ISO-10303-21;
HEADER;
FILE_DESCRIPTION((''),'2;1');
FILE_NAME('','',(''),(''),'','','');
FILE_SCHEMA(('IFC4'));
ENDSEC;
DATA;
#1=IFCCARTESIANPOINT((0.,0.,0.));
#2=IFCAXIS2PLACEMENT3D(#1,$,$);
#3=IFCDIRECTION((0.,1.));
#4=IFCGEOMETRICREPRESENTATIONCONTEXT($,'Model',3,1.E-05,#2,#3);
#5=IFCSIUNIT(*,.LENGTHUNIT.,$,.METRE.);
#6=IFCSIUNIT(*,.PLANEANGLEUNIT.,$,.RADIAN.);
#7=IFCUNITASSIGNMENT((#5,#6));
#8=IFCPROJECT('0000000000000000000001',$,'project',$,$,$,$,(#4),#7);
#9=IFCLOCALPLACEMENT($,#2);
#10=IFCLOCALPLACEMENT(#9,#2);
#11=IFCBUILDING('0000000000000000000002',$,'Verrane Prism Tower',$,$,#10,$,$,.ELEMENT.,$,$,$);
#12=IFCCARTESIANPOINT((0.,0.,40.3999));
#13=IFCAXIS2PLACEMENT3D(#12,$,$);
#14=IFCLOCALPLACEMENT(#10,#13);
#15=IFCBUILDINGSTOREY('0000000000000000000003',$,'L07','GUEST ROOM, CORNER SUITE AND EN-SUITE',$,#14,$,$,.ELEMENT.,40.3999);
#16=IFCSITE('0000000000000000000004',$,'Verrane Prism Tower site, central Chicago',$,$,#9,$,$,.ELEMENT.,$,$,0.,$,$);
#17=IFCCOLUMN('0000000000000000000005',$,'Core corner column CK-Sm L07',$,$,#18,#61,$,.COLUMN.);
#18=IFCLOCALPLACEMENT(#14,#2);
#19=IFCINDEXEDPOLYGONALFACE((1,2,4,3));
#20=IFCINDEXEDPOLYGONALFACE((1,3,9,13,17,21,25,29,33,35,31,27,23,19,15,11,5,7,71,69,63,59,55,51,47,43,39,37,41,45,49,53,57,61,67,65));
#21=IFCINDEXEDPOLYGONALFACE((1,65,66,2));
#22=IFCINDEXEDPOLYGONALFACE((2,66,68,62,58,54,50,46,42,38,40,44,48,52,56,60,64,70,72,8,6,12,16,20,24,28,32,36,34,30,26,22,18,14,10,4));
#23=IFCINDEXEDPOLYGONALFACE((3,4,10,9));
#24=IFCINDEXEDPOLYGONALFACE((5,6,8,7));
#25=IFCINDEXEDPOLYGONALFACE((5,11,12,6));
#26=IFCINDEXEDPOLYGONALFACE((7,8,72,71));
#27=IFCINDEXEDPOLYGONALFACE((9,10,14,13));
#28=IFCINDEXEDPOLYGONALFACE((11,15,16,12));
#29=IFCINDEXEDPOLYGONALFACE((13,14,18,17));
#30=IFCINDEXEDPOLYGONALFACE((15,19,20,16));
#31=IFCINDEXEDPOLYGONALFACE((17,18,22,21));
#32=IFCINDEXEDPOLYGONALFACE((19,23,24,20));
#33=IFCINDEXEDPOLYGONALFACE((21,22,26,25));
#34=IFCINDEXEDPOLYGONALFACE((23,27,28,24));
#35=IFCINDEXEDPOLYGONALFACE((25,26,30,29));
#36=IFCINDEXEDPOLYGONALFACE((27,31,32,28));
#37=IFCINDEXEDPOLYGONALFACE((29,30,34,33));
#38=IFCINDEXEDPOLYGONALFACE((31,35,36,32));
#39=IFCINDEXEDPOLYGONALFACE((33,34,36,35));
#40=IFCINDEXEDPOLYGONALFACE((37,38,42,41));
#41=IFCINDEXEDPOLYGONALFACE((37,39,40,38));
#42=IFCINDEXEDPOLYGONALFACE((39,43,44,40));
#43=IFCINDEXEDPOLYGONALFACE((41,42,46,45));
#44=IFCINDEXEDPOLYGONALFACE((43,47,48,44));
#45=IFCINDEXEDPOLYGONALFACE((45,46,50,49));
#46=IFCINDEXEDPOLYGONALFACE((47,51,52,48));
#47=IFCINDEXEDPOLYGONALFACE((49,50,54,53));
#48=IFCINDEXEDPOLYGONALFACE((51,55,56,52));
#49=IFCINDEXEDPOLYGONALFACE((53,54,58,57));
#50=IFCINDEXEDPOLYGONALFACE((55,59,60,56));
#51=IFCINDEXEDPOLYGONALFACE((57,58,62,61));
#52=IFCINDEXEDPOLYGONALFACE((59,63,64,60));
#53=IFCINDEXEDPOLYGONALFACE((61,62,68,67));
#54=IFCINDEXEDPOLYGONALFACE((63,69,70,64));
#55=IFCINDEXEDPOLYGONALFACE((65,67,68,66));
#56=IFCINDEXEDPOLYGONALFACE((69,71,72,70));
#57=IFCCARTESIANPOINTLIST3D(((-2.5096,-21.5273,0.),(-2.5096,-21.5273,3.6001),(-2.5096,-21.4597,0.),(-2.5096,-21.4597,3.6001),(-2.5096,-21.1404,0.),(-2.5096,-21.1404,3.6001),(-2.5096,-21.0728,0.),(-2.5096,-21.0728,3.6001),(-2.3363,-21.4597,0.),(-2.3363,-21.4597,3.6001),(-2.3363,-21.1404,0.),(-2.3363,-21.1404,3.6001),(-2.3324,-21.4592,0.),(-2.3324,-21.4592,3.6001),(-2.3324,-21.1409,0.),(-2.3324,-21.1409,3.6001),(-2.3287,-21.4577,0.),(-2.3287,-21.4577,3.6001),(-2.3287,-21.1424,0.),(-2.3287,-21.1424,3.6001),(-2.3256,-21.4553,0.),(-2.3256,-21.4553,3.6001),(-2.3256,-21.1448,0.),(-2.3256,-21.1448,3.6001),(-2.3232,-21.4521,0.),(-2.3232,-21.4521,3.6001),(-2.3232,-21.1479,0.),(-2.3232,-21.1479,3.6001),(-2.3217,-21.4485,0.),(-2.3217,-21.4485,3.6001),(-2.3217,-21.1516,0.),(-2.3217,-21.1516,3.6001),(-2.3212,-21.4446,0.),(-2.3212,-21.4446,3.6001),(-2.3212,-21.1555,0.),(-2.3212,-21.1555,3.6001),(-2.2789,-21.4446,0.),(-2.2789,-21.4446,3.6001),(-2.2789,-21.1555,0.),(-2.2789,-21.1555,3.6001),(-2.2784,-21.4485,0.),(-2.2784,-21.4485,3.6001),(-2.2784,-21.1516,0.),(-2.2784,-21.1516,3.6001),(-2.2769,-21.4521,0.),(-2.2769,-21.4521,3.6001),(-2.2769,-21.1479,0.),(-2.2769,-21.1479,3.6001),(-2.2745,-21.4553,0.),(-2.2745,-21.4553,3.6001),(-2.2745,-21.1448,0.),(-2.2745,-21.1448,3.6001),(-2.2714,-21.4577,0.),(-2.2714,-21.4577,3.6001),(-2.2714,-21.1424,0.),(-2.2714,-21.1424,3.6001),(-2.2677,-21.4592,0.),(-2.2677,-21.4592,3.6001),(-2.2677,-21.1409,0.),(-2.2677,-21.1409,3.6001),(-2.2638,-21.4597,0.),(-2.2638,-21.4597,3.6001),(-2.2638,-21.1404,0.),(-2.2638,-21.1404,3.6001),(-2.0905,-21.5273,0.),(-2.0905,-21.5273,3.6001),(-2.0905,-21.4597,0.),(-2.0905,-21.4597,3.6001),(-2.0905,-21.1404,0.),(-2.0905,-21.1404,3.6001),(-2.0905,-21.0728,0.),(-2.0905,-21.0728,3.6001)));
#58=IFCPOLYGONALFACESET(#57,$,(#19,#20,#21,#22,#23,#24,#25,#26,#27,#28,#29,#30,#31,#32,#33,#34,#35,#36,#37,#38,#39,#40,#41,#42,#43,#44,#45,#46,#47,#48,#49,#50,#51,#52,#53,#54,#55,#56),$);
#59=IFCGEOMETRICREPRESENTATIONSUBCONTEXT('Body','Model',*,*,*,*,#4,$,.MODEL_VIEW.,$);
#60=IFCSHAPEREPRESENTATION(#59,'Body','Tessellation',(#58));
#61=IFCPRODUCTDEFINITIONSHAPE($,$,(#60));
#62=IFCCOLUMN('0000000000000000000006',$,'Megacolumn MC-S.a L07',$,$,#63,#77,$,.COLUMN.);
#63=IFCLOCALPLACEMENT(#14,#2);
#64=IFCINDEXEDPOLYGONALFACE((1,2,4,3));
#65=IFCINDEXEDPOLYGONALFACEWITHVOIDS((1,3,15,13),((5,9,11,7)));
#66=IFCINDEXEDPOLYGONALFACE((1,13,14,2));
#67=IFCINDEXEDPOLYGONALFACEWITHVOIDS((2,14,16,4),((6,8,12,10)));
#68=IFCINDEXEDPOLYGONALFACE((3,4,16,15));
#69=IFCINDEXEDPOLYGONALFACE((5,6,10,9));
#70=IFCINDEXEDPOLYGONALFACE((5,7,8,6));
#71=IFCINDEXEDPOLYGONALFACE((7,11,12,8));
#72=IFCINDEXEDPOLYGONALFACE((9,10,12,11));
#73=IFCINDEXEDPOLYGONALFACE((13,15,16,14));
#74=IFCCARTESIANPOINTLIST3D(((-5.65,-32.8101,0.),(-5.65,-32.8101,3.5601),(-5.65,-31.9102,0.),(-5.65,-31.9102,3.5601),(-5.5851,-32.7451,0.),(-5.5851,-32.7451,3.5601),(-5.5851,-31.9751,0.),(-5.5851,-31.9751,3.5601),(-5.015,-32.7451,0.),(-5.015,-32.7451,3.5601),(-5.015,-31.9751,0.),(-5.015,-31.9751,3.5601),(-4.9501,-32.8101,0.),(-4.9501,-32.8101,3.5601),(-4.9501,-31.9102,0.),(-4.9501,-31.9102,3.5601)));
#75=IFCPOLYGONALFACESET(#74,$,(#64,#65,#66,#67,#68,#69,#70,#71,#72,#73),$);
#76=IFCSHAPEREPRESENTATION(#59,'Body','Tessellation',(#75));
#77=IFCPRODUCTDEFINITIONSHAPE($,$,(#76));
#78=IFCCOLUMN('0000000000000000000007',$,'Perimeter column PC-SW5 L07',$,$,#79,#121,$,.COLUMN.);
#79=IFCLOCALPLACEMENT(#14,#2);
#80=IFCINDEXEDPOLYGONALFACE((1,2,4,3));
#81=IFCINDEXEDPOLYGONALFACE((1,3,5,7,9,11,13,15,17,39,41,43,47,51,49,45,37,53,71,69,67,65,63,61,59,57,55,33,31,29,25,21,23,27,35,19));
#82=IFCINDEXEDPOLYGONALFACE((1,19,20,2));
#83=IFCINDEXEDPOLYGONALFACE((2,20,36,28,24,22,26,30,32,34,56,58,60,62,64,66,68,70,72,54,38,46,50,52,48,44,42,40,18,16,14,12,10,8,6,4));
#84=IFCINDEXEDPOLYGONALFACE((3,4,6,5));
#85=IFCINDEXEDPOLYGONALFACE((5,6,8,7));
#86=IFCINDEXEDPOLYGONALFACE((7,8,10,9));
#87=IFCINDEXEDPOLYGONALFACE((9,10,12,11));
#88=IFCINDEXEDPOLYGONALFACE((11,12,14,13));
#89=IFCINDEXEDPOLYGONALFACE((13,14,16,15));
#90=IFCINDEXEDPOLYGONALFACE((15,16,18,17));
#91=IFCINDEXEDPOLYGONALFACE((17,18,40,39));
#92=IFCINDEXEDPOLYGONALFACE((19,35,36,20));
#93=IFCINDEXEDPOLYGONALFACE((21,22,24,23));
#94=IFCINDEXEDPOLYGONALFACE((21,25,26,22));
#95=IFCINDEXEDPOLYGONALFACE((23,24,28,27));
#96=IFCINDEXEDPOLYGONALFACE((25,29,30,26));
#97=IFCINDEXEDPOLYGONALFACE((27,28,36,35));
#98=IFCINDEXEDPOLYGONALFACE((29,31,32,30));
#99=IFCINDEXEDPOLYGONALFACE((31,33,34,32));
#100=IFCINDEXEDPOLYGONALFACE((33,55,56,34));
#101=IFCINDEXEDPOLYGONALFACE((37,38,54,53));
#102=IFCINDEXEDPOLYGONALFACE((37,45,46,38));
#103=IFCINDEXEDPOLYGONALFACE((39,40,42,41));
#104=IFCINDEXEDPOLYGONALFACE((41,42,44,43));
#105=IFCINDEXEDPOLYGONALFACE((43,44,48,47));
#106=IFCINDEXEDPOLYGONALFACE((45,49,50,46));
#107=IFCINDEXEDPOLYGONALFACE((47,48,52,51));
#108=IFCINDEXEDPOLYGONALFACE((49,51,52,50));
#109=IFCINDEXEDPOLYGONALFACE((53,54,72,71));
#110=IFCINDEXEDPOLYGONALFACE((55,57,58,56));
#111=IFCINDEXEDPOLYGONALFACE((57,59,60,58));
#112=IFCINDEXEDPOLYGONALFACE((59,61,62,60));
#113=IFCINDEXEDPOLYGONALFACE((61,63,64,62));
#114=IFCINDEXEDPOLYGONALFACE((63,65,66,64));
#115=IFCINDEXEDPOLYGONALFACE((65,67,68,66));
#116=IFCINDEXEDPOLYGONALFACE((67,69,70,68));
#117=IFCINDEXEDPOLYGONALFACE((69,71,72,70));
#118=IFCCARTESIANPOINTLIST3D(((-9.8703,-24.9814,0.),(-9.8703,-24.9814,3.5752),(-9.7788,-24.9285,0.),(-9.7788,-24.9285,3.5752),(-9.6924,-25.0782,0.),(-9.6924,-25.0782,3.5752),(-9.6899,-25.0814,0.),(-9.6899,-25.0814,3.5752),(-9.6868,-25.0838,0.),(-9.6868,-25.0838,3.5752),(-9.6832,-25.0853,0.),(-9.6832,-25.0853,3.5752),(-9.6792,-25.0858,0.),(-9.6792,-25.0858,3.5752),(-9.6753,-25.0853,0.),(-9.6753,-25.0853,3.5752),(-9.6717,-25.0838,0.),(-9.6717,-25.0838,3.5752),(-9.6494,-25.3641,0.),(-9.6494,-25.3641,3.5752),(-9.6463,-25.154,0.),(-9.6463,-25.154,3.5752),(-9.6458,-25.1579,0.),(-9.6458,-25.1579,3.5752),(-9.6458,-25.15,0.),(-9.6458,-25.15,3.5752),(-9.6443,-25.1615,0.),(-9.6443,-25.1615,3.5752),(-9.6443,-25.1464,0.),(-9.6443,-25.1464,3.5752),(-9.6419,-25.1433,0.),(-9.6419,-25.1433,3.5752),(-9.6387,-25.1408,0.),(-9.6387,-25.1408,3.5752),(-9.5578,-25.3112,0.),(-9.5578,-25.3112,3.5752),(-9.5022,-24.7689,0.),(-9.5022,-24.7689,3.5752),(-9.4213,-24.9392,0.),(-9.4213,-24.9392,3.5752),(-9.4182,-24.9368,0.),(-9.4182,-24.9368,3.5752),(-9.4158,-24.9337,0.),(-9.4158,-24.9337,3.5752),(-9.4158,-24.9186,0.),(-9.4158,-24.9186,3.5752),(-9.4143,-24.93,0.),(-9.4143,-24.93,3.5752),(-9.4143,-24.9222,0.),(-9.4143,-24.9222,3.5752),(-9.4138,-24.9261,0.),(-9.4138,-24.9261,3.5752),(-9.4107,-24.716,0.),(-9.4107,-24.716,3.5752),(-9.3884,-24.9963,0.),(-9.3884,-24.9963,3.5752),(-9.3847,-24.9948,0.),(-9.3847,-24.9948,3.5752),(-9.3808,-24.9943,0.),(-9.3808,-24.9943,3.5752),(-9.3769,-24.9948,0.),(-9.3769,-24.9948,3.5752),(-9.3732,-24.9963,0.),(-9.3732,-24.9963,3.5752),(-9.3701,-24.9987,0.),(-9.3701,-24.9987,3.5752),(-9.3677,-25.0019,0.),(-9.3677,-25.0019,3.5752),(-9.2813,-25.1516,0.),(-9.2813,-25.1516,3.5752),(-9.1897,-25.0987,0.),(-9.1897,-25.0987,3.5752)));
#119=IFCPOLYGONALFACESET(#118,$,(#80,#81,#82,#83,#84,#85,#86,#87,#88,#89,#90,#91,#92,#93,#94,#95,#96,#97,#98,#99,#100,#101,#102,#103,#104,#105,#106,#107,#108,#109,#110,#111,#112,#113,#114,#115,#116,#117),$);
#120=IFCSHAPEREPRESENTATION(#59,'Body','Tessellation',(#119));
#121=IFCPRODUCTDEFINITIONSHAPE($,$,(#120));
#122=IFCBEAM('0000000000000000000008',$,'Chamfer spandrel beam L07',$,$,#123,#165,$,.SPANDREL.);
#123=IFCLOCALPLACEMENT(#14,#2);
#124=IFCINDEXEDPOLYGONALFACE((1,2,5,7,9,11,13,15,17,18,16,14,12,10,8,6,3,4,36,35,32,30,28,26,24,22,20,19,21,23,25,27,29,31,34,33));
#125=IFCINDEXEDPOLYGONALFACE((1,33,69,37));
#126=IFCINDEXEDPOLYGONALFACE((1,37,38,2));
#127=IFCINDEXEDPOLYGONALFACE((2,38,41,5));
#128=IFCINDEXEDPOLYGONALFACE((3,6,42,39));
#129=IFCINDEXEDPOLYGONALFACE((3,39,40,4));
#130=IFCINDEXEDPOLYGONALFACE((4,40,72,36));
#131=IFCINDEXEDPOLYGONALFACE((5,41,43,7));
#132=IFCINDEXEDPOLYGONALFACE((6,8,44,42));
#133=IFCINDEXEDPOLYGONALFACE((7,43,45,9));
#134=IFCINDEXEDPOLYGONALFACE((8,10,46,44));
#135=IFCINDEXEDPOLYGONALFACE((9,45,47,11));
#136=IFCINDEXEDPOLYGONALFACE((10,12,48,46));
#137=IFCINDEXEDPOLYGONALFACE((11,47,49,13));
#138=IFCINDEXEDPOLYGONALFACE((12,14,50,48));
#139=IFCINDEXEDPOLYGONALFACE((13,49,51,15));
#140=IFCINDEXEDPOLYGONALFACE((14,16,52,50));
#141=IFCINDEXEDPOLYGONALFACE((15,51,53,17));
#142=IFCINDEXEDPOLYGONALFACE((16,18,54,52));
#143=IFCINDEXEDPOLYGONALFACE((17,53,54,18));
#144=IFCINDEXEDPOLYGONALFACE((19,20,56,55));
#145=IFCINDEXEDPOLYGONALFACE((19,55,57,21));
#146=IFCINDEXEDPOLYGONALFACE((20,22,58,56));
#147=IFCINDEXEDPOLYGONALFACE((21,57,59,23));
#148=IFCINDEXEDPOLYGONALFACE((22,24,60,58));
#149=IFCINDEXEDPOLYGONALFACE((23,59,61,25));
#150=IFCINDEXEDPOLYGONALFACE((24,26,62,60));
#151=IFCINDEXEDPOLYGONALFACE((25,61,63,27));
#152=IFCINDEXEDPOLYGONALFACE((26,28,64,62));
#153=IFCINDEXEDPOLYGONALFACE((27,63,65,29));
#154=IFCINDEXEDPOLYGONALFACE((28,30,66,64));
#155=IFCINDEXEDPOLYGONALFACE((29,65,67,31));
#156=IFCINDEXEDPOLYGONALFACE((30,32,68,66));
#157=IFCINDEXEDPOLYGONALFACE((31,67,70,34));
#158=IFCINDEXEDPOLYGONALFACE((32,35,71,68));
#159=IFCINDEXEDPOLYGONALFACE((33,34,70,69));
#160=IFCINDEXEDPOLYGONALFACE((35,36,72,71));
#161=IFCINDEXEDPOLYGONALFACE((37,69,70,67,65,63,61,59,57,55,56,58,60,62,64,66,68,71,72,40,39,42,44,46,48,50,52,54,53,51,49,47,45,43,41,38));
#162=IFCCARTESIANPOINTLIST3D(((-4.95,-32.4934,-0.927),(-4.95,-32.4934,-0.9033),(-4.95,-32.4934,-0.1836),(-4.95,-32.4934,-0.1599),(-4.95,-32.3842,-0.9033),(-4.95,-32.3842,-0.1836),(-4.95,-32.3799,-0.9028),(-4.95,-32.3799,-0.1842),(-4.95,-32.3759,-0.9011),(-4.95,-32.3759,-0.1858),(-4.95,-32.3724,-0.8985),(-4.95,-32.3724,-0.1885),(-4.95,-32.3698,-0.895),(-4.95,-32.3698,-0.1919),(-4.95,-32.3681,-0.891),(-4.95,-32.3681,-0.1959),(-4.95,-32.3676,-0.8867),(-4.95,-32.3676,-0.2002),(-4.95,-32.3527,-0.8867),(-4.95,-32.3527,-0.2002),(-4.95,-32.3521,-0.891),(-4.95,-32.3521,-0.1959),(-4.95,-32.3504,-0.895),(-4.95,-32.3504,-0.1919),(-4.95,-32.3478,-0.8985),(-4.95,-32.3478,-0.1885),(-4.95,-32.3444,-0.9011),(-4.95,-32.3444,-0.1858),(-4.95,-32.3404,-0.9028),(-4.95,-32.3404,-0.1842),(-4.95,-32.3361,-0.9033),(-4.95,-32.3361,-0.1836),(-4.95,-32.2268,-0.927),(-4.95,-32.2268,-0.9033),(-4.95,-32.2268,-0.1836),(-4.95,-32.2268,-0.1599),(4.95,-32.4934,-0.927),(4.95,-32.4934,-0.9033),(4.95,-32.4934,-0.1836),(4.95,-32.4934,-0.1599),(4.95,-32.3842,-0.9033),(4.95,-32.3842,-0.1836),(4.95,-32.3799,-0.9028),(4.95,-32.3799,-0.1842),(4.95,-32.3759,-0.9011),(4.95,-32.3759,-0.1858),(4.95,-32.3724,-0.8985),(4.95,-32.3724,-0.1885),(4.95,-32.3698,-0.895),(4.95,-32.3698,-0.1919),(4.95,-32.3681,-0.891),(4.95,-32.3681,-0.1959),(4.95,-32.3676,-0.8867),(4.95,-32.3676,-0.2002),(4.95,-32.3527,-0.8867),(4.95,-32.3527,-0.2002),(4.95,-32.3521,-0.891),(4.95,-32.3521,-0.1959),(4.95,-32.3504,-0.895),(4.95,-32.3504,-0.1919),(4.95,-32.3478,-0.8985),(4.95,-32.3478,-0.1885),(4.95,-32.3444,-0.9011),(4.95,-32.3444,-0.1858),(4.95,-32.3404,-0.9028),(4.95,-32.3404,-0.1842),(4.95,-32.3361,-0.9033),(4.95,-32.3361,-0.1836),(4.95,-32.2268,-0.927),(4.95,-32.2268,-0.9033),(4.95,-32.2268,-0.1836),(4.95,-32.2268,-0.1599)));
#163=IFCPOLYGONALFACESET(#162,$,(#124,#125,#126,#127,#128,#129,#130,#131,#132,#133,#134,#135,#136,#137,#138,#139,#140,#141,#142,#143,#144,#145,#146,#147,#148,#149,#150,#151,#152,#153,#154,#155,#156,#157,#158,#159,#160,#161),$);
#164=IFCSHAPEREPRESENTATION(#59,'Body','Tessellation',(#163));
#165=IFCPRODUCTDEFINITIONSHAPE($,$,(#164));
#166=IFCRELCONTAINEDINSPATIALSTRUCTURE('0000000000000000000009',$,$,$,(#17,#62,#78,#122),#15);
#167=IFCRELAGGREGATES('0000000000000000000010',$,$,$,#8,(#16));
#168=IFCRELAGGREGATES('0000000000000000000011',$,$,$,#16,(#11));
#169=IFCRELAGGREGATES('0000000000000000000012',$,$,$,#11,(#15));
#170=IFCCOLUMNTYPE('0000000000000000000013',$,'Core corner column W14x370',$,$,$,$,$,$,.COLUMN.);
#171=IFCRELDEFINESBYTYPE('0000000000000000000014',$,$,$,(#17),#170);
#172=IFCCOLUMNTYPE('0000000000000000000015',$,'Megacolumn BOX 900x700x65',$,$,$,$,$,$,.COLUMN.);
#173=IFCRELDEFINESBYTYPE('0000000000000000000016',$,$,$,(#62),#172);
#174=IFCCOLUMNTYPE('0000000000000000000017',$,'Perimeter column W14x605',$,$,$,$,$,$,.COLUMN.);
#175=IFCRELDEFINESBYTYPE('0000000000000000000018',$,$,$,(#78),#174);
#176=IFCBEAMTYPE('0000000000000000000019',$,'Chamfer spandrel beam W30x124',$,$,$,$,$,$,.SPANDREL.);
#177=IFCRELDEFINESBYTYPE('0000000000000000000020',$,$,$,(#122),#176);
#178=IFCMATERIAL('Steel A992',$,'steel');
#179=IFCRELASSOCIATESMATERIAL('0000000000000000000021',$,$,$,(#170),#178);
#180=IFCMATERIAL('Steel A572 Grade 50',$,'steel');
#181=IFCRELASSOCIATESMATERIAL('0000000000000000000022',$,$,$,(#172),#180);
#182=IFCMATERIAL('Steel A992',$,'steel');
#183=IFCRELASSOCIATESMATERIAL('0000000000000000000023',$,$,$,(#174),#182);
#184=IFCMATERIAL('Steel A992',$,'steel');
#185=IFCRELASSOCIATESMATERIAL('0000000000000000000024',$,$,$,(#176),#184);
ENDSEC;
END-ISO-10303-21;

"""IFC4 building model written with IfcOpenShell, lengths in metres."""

from ifc_helpers import new_model, si_unit, direction, frame, origin, origin_2d, place, context, subcontext, project, spatial, hollow_rectangle, i_section, extrude, material, material_profile, profile_set, type_object, element, save


model = new_model("IFC4")

# Units and contexts
model_context = context("Model", 3, precision=1e-05, world=origin(), true_north=direction((0.0, 1.0)))
body_context = subcontext(model_context, "Body", "Model", "MODEL_VIEW")
ifc_project = project(units=[si_unit("LENGTHUNIT", "METRE"), si_unit("PLANEANGLEUNIT", "RADIAN")], contexts=[model_context])

# Site, building, storey
site_placement = place(None, origin())
site = spatial("IfcSite", under=ifc_project, at=site_placement, Name="Verrane Prism Tower site, central Chicago", CompositionType="ELEMENT", RefElevation=0.0)
building_placement = place(site_placement, origin())
building = spatial("IfcBuilding", under=site, at=building_placement, Name="Verrane Prism Tower", CompositionType="ELEMENT")
storey_placement = place(building_placement, frame((0.0, 0.0, 40.3999)))
storey = spatial("IfcBuildingStorey", under=building, at=storey_placement, Name="L07", Description="GUEST ROOM, CORNER SUITE AND EN-SUITE", CompositionType="ELEMENT", Elevation=40.3999)

# Columns
ifc_material_1 = material(Name="Steel A992", Category="steel")
ifc_material_profile_1 = material_profile(ifc_material_1, i_section(OverallWidth=0.4192, OverallDepth=0.4546, WebThickness=0.0422, FlangeThickness=0.0676, FilletRadius=0.0151, at=origin_2d()), Name="W14x370")
ifc_profile_set_1 = profile_set([ifc_material_profile_1], Name="Steel A992")
column_type_1 = type_object("IfcColumnType", Name="Core corner column W14x370", PredefinedType="COLUMN", material=ifc_profile_set_1)
column_1_placement = place(storey_placement, frame((-2.3, -21.3, 0.0), z_axis=(0.0, 0.0, 1.0), x_axis=(-1.0, 0.0, 0.0)))
element("IfcColumn", 1, at=column_1_placement, inside=storey, type_object=column_type_1, Name="Core corner column CK-Sm L07", PredefinedType="COLUMN", context=body_context, shape_type="SweptSolid", body=[
    extrude(i_section(OverallWidth=0.4192, OverallDepth=0.4546, WebThickness=0.0422, FlangeThickness=0.0676, FilletRadius=0.0151, at=origin_2d()), origin(), (0.0, 0.0, 1.0), 3.6001),
])
ifc_material_2 = material(Name="Steel A572 Grade 50", Category="steel")
ifc_material_profile_2 = material_profile(ifc_material_2, hollow_rectangle(XDim=0.7, YDim=0.8999, WallThickness=0.0649, at=origin_2d()), Name="BOX 900x700x65")
ifc_profile_set_2 = profile_set([ifc_material_profile_2], Name="Steel A572 Grade 50")
column_type_2 = type_object("IfcColumnType", Name="Megacolumn BOX 900x700x65", PredefinedType="COLUMN", material=ifc_profile_set_2)
column_2_placement = place(storey_placement, frame((-5.3, -32.3601, 0.0), z_axis=(0.0, 0.0, 1.0), x_axis=(-1.0, 0.0, 0.0)))
element("IfcColumn", 2, at=column_2_placement, inside=storey, type_object=column_type_2, Name="Megacolumn MC-S.a L07", PredefinedType="COLUMN", context=body_context, shape_type="SweptSolid", body=[
    extrude(hollow_rectangle(XDim=0.7, YDim=0.8999, WallThickness=0.0649, at=origin_2d()), origin(), (0.0, 0.0, 1.0), 3.5601),
])
ifc_material_3 = material(Name="Steel A992", Category="steel")
ifc_material_profile_3 = material_profile(ifc_material_3, i_section(OverallWidth=0.4419, OverallDepth=0.5308, WebThickness=0.0659, FlangeThickness=0.1057, FilletRadius=0.0151, at=origin_2d()), Name="W14x605")
ifc_profile_set_3 = profile_set([ifc_material_profile_3], Name="Steel A992")
column_type_3 = type_object("IfcColumnType", Name="Perimeter column W14x605", PredefinedType="COLUMN", material=ifc_profile_set_3)
column_3_placement = place(storey_placement, frame((-9.53, -25.04, 0.0), z_axis=(0.0, 0.0, 1.0), x_axis=(-0.5, 0.866025, 0.0)))
element("IfcColumn", 3, at=column_3_placement, inside=storey, type_object=column_type_3, Name="Perimeter column PC-SW5 L07", PredefinedType="COLUMN", context=body_context, shape_type="SweptSolid", body=[
    extrude(i_section(OverallWidth=0.4419, OverallDepth=0.5308, WebThickness=0.0659, FlangeThickness=0.1057, FilletRadius=0.0151, at=origin_2d()), origin(), (0.0, 0.0, 1.0), 3.5752),
])

# Beam
ifc_material_4 = material(Name="Steel A992", Category="steel")
ifc_material_profile_4 = material_profile(ifc_material_4, i_section(OverallWidth=0.2666, OverallDepth=0.7671, WebThickness=0.0149, FlangeThickness=0.0237, FilletRadius=0.0166, at=origin_2d()), Name="W30x124")
ifc_profile_set_4 = profile_set([ifc_material_profile_4], Name="Steel A992")
beam_type_1 = type_object("IfcBeamType", Name="Chamfer spandrel beam W30x124", PredefinedType="SPANDREL", material=ifc_profile_set_4)
beam_1_placement = place(storey_placement, frame((-4.95, -32.3601, -0.5435), z_axis=(1.0, 0.0, 0.0), x_axis=(0.0, 1.0, 0.0)))
element("IfcBeam", 4, at=beam_1_placement, inside=storey, type_object=beam_type_1, Name="Chamfer spandrel beam L07", PredefinedType="SPANDREL", context=body_context, shape_type="SweptSolid", body=[
    extrude(i_section(OverallWidth=0.2666, OverallDepth=0.7671, WebThickness=0.0149, FlangeThickness=0.0237, FilletRadius=0.0166, at=origin_2d()), origin(), (0.0, 0.0, 1.0), 9.8999),
])

save(model, "model.ifc")
